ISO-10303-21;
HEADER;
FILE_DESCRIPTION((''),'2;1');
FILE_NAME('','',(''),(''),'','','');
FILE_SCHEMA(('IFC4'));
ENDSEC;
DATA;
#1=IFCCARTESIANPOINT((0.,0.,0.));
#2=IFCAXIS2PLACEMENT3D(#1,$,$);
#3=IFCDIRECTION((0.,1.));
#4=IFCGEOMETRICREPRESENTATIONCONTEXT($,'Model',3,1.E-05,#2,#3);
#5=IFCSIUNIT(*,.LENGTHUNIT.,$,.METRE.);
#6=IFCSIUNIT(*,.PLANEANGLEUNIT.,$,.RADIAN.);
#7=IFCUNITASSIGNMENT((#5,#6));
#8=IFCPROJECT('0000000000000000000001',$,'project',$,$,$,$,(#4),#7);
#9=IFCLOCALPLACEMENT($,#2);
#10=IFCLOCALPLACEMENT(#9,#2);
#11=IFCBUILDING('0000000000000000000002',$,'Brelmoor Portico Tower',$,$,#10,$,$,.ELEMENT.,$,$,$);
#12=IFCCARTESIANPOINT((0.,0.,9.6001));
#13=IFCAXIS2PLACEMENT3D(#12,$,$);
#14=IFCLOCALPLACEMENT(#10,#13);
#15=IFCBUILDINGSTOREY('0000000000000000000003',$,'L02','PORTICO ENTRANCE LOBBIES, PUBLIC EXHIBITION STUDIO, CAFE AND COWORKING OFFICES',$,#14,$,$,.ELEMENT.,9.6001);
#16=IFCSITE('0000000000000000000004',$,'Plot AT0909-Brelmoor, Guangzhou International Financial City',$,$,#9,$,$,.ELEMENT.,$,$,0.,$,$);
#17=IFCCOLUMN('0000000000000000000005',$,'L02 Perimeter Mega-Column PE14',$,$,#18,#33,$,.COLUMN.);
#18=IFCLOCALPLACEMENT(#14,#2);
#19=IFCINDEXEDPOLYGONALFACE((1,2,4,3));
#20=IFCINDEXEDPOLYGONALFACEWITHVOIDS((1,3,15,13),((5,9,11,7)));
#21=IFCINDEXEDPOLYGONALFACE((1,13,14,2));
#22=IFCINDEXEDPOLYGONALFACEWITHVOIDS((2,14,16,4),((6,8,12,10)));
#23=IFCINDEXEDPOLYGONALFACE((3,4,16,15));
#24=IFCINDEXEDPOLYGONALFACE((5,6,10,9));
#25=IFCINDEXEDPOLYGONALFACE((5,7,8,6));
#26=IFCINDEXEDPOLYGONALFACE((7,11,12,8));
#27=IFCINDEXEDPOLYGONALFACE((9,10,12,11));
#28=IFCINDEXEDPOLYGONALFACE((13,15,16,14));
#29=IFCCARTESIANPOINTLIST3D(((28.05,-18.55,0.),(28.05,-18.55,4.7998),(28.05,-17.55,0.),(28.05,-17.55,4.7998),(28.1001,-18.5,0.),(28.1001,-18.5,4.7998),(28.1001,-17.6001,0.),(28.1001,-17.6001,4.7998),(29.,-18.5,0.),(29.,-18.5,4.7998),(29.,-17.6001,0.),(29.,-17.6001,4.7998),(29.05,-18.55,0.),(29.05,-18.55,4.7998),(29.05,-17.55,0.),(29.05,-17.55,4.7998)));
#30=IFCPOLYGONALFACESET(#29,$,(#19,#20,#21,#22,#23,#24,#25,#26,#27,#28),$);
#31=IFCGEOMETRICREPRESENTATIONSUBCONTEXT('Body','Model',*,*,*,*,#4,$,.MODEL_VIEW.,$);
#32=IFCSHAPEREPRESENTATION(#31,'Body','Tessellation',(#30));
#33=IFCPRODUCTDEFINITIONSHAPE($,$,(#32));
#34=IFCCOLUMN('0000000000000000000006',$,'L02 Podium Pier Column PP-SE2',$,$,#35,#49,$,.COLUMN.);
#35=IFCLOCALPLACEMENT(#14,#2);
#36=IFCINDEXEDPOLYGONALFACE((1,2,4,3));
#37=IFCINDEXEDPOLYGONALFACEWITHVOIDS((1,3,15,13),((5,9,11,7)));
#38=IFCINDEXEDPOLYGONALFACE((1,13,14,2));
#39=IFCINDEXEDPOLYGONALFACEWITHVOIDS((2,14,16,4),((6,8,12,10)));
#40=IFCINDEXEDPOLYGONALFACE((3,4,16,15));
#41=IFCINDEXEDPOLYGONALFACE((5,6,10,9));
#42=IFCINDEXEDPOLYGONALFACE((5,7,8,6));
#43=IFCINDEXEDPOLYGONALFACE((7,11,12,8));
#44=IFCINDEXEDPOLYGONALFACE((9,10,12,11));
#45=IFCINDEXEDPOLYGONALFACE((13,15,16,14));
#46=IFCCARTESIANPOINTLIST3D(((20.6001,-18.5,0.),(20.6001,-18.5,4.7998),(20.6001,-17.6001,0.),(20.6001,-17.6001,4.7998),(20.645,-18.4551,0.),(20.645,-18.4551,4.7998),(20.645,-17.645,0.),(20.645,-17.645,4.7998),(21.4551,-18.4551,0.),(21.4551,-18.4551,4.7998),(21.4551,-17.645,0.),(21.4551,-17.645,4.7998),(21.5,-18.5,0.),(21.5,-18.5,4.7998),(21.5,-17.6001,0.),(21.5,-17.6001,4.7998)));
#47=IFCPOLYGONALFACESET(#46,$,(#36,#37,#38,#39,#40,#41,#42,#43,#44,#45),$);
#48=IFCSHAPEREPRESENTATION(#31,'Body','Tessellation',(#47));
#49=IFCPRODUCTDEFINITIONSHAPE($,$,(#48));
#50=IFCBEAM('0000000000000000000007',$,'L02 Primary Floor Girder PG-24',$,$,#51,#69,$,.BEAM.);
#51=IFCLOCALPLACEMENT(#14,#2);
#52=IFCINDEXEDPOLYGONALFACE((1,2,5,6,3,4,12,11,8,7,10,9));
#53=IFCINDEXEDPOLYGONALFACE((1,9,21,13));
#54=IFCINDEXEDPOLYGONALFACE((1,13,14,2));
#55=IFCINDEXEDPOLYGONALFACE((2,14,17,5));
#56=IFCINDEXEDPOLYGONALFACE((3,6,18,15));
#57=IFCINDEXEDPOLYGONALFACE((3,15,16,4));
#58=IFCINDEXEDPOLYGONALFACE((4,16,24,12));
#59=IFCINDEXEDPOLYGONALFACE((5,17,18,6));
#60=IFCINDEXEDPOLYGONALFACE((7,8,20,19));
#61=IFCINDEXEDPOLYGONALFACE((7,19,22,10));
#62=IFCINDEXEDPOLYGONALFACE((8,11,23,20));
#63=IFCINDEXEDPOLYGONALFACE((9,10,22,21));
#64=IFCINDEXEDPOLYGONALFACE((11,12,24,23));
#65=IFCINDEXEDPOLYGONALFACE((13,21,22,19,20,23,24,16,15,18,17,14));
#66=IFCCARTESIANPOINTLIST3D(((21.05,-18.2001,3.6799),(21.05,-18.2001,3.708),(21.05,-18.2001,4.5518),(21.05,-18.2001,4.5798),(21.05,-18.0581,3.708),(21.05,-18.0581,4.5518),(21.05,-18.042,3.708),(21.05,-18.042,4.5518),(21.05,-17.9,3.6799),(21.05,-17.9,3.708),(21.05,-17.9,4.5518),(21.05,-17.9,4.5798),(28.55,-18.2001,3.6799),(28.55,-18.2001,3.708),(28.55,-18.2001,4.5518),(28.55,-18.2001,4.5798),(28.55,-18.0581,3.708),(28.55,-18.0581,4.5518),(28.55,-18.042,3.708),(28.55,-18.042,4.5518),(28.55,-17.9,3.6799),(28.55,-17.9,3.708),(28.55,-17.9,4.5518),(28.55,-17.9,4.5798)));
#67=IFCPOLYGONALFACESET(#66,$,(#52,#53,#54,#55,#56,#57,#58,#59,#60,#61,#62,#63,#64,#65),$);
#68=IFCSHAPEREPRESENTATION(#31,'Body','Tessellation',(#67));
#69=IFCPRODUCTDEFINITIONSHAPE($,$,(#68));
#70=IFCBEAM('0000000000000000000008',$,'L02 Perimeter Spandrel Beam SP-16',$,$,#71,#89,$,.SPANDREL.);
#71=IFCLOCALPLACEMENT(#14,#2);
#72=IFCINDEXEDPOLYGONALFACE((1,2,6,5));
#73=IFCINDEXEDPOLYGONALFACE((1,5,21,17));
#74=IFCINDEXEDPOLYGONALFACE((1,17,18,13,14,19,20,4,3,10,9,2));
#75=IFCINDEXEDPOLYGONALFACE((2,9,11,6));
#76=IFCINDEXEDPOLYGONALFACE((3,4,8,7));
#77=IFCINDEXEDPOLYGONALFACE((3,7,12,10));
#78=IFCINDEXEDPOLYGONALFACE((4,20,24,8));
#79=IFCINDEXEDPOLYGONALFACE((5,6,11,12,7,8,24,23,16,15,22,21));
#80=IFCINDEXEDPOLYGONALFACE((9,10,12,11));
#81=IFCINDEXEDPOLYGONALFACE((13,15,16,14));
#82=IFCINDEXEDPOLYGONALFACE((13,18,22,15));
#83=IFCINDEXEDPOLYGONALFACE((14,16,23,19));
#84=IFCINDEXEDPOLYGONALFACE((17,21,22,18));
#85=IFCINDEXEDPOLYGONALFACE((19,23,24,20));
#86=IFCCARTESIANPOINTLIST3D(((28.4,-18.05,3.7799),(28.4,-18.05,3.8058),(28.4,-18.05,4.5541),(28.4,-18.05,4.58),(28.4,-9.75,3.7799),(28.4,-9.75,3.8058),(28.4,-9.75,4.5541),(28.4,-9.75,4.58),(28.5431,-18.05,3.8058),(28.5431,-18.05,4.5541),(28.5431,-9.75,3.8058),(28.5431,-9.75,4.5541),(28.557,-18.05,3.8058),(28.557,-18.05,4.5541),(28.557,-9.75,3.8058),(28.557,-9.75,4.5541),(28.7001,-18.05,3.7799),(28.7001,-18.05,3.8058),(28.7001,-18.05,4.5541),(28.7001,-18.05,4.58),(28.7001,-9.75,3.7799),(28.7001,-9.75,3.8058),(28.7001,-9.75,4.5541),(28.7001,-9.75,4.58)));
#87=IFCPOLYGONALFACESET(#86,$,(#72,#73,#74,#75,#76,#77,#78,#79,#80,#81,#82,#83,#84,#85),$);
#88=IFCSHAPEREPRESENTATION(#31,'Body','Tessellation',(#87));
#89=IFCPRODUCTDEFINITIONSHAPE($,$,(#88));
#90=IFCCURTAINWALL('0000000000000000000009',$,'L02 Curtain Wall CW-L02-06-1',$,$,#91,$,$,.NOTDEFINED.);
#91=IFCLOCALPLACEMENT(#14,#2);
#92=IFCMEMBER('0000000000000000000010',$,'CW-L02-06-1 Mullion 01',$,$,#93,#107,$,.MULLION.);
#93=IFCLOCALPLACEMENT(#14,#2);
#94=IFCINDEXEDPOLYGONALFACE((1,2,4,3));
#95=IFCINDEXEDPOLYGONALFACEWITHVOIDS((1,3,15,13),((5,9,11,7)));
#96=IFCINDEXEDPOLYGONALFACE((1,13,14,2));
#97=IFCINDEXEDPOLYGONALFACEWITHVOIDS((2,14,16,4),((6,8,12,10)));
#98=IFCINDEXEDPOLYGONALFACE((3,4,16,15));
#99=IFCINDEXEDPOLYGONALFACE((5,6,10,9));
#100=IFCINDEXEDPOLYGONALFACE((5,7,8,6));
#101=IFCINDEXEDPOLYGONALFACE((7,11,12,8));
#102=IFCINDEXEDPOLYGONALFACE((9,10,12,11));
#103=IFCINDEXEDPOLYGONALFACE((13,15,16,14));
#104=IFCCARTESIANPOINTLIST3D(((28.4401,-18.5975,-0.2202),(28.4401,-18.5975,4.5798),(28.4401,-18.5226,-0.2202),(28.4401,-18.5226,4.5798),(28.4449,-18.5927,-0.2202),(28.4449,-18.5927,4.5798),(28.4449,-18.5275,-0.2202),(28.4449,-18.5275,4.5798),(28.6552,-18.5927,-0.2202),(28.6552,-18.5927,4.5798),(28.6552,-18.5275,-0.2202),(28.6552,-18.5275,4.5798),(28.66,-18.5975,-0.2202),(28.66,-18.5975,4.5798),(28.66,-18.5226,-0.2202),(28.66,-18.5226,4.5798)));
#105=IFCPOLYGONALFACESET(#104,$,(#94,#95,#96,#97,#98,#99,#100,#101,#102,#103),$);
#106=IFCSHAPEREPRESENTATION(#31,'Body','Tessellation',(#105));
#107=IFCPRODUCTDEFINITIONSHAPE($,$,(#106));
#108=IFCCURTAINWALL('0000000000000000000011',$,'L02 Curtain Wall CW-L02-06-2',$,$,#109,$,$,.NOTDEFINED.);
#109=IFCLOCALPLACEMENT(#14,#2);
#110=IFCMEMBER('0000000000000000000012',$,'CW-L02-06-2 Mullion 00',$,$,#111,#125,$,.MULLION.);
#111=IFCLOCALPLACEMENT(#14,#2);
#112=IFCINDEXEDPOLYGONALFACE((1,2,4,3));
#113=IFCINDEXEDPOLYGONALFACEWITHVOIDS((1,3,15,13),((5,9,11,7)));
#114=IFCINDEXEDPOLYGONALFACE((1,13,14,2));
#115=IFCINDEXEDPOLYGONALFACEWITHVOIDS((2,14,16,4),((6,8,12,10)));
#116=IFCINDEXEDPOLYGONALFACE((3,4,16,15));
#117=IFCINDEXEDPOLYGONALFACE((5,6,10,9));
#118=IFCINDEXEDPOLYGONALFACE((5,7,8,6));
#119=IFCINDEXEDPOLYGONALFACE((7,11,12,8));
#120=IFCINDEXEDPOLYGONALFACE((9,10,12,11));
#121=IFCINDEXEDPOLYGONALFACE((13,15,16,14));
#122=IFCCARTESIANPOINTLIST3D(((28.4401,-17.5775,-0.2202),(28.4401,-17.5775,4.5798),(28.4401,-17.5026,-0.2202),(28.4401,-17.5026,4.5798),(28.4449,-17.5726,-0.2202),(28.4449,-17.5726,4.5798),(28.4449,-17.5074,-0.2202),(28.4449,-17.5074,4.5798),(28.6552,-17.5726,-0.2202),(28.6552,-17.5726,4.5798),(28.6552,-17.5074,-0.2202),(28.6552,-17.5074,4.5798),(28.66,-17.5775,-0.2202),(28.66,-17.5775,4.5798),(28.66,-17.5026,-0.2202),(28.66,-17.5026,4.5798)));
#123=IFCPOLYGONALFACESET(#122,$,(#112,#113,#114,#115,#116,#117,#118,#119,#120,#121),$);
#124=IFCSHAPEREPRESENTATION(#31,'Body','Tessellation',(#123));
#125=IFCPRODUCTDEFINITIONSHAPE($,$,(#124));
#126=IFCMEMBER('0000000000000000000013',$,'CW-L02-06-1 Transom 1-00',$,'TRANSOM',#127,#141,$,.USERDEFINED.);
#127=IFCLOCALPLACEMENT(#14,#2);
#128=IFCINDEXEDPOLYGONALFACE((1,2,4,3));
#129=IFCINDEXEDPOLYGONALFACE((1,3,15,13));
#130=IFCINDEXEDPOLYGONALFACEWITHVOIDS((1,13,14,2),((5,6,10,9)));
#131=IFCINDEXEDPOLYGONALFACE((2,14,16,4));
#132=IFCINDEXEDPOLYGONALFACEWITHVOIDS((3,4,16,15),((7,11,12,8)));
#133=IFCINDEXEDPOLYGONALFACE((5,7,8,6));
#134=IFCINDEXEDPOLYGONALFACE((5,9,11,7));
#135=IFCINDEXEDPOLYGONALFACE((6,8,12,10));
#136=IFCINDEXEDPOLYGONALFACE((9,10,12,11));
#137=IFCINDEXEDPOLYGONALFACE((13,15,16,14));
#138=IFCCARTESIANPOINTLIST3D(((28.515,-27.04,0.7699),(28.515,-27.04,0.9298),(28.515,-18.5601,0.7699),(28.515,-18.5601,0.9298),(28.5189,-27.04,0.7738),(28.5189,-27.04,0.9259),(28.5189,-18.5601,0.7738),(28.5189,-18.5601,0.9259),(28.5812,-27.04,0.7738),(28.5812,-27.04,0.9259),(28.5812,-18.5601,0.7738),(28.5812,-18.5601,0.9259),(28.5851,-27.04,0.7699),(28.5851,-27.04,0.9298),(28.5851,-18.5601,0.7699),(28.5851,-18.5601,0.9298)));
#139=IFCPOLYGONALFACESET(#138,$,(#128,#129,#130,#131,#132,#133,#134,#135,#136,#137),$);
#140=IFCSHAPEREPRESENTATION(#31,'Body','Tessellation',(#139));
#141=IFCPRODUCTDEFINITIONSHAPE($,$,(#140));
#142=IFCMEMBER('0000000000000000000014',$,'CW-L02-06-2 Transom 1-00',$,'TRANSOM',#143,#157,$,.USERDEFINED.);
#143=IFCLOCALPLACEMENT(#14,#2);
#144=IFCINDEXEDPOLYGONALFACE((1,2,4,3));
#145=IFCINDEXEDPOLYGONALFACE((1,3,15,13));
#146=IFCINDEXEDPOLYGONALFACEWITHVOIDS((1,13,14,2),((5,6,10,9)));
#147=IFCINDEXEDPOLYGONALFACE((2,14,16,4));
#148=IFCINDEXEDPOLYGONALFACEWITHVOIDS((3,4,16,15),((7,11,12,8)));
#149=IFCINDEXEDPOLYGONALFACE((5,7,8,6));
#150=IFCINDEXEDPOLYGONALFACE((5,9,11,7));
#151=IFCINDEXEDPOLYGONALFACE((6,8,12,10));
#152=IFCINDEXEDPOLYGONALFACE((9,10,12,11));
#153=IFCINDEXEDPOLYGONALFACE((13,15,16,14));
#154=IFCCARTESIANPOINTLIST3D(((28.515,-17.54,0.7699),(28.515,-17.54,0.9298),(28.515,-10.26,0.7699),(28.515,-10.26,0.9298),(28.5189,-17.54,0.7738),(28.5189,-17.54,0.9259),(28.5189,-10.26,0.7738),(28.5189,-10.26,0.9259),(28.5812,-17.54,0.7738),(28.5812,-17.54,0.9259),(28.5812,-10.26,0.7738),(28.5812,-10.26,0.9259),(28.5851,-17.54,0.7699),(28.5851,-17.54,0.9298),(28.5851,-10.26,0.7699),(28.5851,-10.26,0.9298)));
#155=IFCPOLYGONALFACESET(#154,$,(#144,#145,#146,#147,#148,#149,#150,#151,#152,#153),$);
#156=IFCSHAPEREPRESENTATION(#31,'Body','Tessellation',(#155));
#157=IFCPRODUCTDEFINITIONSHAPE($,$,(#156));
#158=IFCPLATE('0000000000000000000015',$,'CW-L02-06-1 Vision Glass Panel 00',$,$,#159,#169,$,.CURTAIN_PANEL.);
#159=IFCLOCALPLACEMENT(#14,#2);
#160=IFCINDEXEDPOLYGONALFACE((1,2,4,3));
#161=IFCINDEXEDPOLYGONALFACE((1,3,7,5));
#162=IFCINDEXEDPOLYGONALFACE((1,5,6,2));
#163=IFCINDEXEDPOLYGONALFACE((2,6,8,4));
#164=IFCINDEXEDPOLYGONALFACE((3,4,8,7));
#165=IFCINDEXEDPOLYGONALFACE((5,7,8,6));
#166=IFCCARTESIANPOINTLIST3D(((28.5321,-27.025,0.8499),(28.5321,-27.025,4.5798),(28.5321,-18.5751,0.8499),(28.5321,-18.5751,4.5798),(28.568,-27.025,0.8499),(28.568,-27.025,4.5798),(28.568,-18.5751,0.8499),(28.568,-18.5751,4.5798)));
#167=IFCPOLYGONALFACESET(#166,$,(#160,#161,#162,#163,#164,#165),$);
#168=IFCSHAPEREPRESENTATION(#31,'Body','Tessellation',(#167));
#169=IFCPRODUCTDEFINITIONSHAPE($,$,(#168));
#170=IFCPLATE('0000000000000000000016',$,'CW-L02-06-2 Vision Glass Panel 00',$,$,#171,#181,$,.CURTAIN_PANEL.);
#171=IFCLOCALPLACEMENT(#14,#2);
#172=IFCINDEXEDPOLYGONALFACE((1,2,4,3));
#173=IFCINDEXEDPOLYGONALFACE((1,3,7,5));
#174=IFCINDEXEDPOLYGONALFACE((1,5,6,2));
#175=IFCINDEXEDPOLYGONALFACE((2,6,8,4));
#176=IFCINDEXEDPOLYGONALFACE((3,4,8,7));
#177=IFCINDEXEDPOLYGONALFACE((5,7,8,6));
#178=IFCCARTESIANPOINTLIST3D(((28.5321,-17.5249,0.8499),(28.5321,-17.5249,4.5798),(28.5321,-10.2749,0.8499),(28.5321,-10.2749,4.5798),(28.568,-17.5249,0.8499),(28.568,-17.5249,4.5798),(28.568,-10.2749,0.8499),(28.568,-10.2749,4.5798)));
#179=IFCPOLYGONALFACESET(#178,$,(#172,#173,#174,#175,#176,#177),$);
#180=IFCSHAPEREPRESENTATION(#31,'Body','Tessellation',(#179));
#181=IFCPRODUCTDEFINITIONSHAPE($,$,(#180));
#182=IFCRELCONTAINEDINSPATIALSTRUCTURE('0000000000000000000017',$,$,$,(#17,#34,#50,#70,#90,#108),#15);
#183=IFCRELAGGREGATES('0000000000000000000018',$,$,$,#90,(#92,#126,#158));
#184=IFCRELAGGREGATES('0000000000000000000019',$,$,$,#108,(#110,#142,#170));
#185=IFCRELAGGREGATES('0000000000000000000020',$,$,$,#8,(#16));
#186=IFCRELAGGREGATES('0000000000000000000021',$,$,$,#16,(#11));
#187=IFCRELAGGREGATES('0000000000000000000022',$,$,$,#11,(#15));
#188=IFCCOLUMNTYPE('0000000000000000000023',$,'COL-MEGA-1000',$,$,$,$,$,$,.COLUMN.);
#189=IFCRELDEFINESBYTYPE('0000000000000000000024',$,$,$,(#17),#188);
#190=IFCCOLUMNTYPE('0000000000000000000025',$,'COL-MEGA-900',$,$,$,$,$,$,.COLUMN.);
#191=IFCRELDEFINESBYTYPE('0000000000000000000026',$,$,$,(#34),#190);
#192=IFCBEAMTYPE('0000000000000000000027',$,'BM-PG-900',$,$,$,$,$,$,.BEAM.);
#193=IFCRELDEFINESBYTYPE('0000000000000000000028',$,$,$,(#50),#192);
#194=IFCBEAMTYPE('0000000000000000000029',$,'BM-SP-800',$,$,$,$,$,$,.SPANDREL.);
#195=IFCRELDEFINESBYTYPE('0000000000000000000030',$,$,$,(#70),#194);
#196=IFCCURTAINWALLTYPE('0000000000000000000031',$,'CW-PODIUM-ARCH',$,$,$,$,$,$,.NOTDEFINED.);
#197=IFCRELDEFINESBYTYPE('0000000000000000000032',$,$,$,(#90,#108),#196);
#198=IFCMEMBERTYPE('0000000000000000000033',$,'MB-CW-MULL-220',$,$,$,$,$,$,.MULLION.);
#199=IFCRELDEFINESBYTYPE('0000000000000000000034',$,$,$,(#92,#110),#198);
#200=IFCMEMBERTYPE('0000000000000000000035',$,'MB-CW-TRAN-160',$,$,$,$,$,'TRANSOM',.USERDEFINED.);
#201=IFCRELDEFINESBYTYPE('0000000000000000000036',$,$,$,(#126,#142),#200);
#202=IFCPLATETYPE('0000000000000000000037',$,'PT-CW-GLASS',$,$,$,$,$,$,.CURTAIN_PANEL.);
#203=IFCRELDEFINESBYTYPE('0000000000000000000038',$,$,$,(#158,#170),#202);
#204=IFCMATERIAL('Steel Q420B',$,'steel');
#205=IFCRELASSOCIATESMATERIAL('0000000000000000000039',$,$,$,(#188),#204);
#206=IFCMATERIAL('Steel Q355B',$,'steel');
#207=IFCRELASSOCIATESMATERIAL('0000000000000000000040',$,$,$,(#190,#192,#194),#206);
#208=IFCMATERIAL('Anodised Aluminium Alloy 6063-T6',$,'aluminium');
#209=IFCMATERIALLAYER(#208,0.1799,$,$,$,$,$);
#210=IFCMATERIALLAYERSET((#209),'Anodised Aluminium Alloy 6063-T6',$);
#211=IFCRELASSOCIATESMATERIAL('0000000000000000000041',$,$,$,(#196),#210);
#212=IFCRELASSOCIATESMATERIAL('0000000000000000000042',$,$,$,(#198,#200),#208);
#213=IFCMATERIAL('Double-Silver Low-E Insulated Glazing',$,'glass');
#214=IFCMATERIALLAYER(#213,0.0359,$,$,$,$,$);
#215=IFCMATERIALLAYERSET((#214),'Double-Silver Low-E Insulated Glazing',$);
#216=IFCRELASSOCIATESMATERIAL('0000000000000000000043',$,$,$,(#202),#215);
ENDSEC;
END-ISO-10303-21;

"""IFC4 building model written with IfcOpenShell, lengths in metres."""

from ifc_helpers import new_model, si_unit, direction, frame, origin, origin_2d, place, context, subcontext, project, spatial, rectangle, hollow_rectangle, i_section, extrude, material, layer, layer_set, material_profile, profile_set, type_object, element, aggregate, save


model = new_model("IFC4")

# Units and contexts
model_context = context("Model", 3, precision=1e-05, world=origin(), true_north=direction((0.0, 1.0)))
body_context = subcontext(model_context, "Body", "Model", "MODEL_VIEW")
ifc_project = project(units=[si_unit("LENGTHUNIT", "METRE"), si_unit("PLANEANGLEUNIT", "RADIAN")], contexts=[model_context])

# Site, building, storey
site_placement = place(None, origin())
site = spatial("IfcSite", under=ifc_project, at=site_placement, Name="Plot AT0909-Brelmoor, Guangzhou International Financial City", CompositionType="ELEMENT", RefElevation=0.0)
building_placement = place(site_placement, origin())
building = spatial("IfcBuilding", under=site, at=building_placement, Name="Brelmoor Portico Tower", CompositionType="ELEMENT")
storey_placement = place(building_placement, frame((0.0, 0.0, 9.6001)))
storey = spatial("IfcBuildingStorey", under=building, at=storey_placement, Name="L02", Description="PORTICO ENTRANCE LOBBIES, PUBLIC EXHIBITION STUDIO, CAFE AND COWORKING OFFICES", CompositionType="ELEMENT", Elevation=9.6001)

# Columns
ifc_material_1 = material(Name="Steel Q420B", Category="steel")
ifc_material_profile_1 = material_profile(ifc_material_1, hollow_rectangle(XDim=1.0, YDim=1.0, WallThickness=0.05, at=origin_2d()), Name="BOX 1000x1000x50")
ifc_profile_set_1 = profile_set([ifc_material_profile_1], Name="Steel Q420B")
column_type_1 = type_object("IfcColumnType", Name="COL-MEGA-1000", PredefinedType="COLUMN", material=ifc_profile_set_1)
column_1_placement = place(storey_placement, frame((28.55, -18.05, 0.0), z_axis=(0.0, 0.0, 1.0), x_axis=(0.0, 1.0, 0.0)))
element("IfcColumn", 1, at=column_1_placement, inside=storey, type_object=column_type_1, Name="L02 Perimeter Mega-Column PE14", PredefinedType="COLUMN", context=body_context, shape_type="SweptSolid", body=[
    extrude(hollow_rectangle(XDim=1.0, YDim=1.0, WallThickness=0.05, at=origin_2d()), origin(), (0.0, 0.0, 1.0), 4.7998),
])
ifc_material_2 = material(Name="Steel Q355B", Category="steel")
ifc_material_profile_2 = material_profile(ifc_material_2, hollow_rectangle(XDim=0.8999, YDim=0.8999, WallThickness=0.0449, at=origin_2d()), Name="BOX 900x900x45")
ifc_profile_set_2 = profile_set([ifc_material_profile_2], Name="Steel Q355B")
column_type_2 = type_object("IfcColumnType", Name="COL-MEGA-900", PredefinedType="COLUMN", material=ifc_profile_set_2)
column_2_placement = place(storey_placement, frame((21.05, -18.05, 0.0), z_axis=(0.0, 0.0, 1.0), x_axis=(1.0, 0.0, 0.0)))
element("IfcColumn", 2, at=column_2_placement, inside=storey, type_object=column_type_2, Name="L02 Podium Pier Column PP-SE2", PredefinedType="COLUMN", context=body_context, shape_type="SweptSolid", body=[
    extrude(hollow_rectangle(XDim=0.8999, YDim=0.8999, WallThickness=0.0449, at=origin_2d()), origin(), (0.0, 0.0, 1.0), 4.7998),
])

# Beams
ifc_material_profile_3 = material_profile(ifc_material_2, i_section(OverallWidth=0.3, OverallDepth=0.8999, WebThickness=0.0161, FlangeThickness=0.0281, at=origin_2d()), Name="HN 900x300x16x28")
ifc_profile_set_3 = profile_set([ifc_material_profile_3], Name="Steel Q355B")
beam_type_1 = type_object("IfcBeamType", Name="BM-PG-900", PredefinedType="BEAM", material=ifc_profile_set_3)
beam_1_placement = place(storey_placement, frame((21.05, -18.05, 4.1299), z_axis=(1.0, 0.0, 0.0), x_axis=(0.0, 1.0, 0.0)))
element("IfcBeam", 3, at=beam_1_placement, inside=storey, type_object=beam_type_1, Name="L02 Primary Floor Girder PG-24", PredefinedType="BEAM", context=body_context, shape_type="SweptSolid", body=[
    extrude(i_section(OverallWidth=0.3, OverallDepth=0.8999, WebThickness=0.0161, FlangeThickness=0.0281, at=origin_2d()), origin(), (0.0, 0.0, 1.0), 7.5),
])
ifc_material_profile_4 = material_profile(ifc_material_2, i_section(OverallWidth=0.3, OverallDepth=0.8, WebThickness=0.0139, FlangeThickness=0.0259, at=origin_2d()), Name="HN 800x300x14x26")
ifc_profile_set_4 = profile_set([ifc_material_profile_4], Name="Steel Q355B")
beam_type_2 = type_object("IfcBeamType", Name="BM-SP-800", PredefinedType="SPANDREL", material=ifc_profile_set_4)
beam_2_placement = place(storey_placement, frame((28.55, -18.05, 4.1799), z_axis=(0.0, 1.0, 0.0), x_axis=(-1.0, 0.0, 0.0)))
element("IfcBeam", 4, at=beam_2_placement, inside=storey, type_object=beam_type_2, Name="L02 Perimeter Spandrel Beam SP-16", PredefinedType="SPANDREL", context=body_context, shape_type="SweptSolid", body=[
    extrude(i_section(OverallWidth=0.3, OverallDepth=0.8, WebThickness=0.0139, FlangeThickness=0.0259, at=origin_2d()), origin(), (0.0, 0.0, 1.0), 8.3),
])

# Curtain walls, members
ifc_material_3 = material(Name="Anodised Aluminium Alloy 6063-T6", Category="aluminium")
ifc_layer_1 = layer(ifc_material_3, 0.1799)
ifc_layer_set_1 = layer_set([ifc_layer_1], Name="Anodised Aluminium Alloy 6063-T6")
curtain_wall_type = type_object("IfcCurtainWallType", Name="CW-PODIUM-ARCH", PredefinedType="NOTDEFINED", material=ifc_layer_set_1)
curtain_wall_1_placement = place(storey_placement, origin())
curtain_wall_1 = element("IfcCurtainWall", 5, at=curtain_wall_1_placement, inside=storey, type_object=curtain_wall_type, Name="L02 Curtain Wall CW-L02-06-1", PredefinedType="NOTDEFINED")
ifc_material_profile_5 = material_profile(ifc_material_3, hollow_rectangle(XDim=0.075, YDim=0.22, WallThickness=0.0049, at=origin_2d()), Name="ALU MULLION 75x220")
ifc_profile_set_5 = profile_set([ifc_material_profile_5], Name="Anodised Aluminium Alloy 6063-T6")
member_type_1 = type_object("IfcMemberType", Name="MB-CW-MULL-220", PredefinedType="MULLION", material=ifc_profile_set_5)
member_1_placement = place(storey_placement, frame((28.55, -18.5601, -0.2202), z_axis=(0.0, 0.0, 1.0), x_axis=(0.0, 1.0, 0.0)))
member_1 = element("IfcMember", 6, at=member_1_placement, type_object=member_type_1, Name="CW-L02-06-1 Mullion 01", PredefinedType="MULLION", context=body_context, shape_type="SweptSolid", body=[
    extrude(hollow_rectangle(XDim=0.075, YDim=0.22, WallThickness=0.0049, at=origin_2d()), origin(), (0.0, 0.0, 1.0), 4.8),
])
curtain_wall_2_placement = place(storey_placement, origin())
curtain_wall_2 = element("IfcCurtainWall", 7, at=curtain_wall_2_placement, inside=storey, type_object=curtain_wall_type, Name="L02 Curtain Wall CW-L02-06-2", PredefinedType="NOTDEFINED")
member_2_placement = place(storey_placement, frame((28.55, -17.54, -0.2202), z_axis=(0.0, 0.0, 1.0), x_axis=(0.0, 1.0, 0.0)))
member_2 = element("IfcMember", 8, at=member_2_placement, type_object=member_type_1, Name="CW-L02-06-2 Mullion 00", PredefinedType="MULLION", context=body_context, shape_type="SweptSolid", body=[
    extrude(hollow_rectangle(XDim=0.075, YDim=0.22, WallThickness=0.0049, at=origin_2d()), origin(), (0.0, 0.0, 1.0), 4.8),
])

# Members
ifc_material_profile_6 = material_profile(ifc_material_3, hollow_rectangle(XDim=0.0701, YDim=0.1599, WallThickness=0.0039, at=origin_2d()), Name="ALU TRANSOM 70x160")
ifc_profile_set_6 = profile_set([ifc_material_profile_6], Name="Anodised Aluminium Alloy 6063-T6")
member_type_2 = type_object("IfcMemberType", Name="MB-CW-TRAN-160", ElementType="TRANSOM", PredefinedType="USERDEFINED", material=ifc_profile_set_6)
member_3_placement = place(storey_placement, frame((28.55, -27.04, 0.8499), z_axis=(0.0, 1.0, 0.0), x_axis=(-1.0, 0.0, 0.0)))
member_3 = element("IfcMember", 9, at=member_3_placement, type_object=member_type_2, Name="CW-L02-06-1 Transom 1-00", ObjectType="TRANSOM", PredefinedType="USERDEFINED", context=body_context, shape_type="SweptSolid", body=[
    extrude(hollow_rectangle(XDim=0.0701, YDim=0.1599, WallThickness=0.0039, at=origin_2d()), origin(), (0.0, 0.0, 1.0), 8.48),
])
member_4_placement = place(storey_placement, frame((28.55, -17.54, 0.8499), z_axis=(0.0, 1.0, 0.0), x_axis=(-1.0, 0.0, 0.0)))
member_4 = element("IfcMember", 10, at=member_4_placement, type_object=member_type_2, Name="CW-L02-06-2 Transom 1-00", ObjectType="TRANSOM", PredefinedType="USERDEFINED", context=body_context, shape_type="SweptSolid", body=[
    extrude(hollow_rectangle(XDim=0.0701, YDim=0.1599, WallThickness=0.0039, at=origin_2d()), origin(), (0.0, 0.0, 1.0), 7.28),
])

# Plates
ifc_material_4 = material(Name="Double-Silver Low-E Insulated Glazing", Category="glass")
ifc_layer_2 = layer(ifc_material_4, 0.0359)
ifc_layer_set_2 = layer_set([ifc_layer_2], Name="Double-Silver Low-E Insulated Glazing")
plate_type_1 = type_object("IfcPlateType", Name="PT-CW-GLASS", PredefinedType="CURTAIN_PANEL", material=ifc_layer_set_2)
plate_1_placement = place(storey_placement, frame((28.55, -22.8, 0.8499), z_axis=(0.0, 0.0, 1.0), x_axis=(0.0, 1.0, 0.0)))
plate_1 = element("IfcPlate", 11, at=plate_1_placement, type_object=plate_type_1, Name="CW-L02-06-1 Vision Glass Panel 00", PredefinedType="CURTAIN_PANEL", context=body_context, shape_type="SweptSolid", body=[
    extrude(rectangle(XDim=8.45, YDim=0.0359, at=origin_2d()), origin(), (0.0, 0.0, 1.0), 3.73),
])
plate_2_placement = place(storey_placement, frame((28.55, -13.8999, 0.8499), z_axis=(0.0, 0.0, 1.0), x_axis=(0.0, 1.0, 0.0)))
plate_2 = element("IfcPlate", 12, at=plate_2_placement, type_object=plate_type_1, Name="CW-L02-06-2 Vision Glass Panel 00", PredefinedType="CURTAIN_PANEL", context=body_context, shape_type="SweptSolid", body=[
    extrude(rectangle(XDim=7.25, YDim=0.0359, at=origin_2d()), origin(), (0.0, 0.0, 1.0), 3.73),
])
aggregate(curtain_wall_1, [member_1, member_3, plate_1])
aggregate(curtain_wall_2, [member_2, member_4, plate_2])

save(model, "model.ifc")
